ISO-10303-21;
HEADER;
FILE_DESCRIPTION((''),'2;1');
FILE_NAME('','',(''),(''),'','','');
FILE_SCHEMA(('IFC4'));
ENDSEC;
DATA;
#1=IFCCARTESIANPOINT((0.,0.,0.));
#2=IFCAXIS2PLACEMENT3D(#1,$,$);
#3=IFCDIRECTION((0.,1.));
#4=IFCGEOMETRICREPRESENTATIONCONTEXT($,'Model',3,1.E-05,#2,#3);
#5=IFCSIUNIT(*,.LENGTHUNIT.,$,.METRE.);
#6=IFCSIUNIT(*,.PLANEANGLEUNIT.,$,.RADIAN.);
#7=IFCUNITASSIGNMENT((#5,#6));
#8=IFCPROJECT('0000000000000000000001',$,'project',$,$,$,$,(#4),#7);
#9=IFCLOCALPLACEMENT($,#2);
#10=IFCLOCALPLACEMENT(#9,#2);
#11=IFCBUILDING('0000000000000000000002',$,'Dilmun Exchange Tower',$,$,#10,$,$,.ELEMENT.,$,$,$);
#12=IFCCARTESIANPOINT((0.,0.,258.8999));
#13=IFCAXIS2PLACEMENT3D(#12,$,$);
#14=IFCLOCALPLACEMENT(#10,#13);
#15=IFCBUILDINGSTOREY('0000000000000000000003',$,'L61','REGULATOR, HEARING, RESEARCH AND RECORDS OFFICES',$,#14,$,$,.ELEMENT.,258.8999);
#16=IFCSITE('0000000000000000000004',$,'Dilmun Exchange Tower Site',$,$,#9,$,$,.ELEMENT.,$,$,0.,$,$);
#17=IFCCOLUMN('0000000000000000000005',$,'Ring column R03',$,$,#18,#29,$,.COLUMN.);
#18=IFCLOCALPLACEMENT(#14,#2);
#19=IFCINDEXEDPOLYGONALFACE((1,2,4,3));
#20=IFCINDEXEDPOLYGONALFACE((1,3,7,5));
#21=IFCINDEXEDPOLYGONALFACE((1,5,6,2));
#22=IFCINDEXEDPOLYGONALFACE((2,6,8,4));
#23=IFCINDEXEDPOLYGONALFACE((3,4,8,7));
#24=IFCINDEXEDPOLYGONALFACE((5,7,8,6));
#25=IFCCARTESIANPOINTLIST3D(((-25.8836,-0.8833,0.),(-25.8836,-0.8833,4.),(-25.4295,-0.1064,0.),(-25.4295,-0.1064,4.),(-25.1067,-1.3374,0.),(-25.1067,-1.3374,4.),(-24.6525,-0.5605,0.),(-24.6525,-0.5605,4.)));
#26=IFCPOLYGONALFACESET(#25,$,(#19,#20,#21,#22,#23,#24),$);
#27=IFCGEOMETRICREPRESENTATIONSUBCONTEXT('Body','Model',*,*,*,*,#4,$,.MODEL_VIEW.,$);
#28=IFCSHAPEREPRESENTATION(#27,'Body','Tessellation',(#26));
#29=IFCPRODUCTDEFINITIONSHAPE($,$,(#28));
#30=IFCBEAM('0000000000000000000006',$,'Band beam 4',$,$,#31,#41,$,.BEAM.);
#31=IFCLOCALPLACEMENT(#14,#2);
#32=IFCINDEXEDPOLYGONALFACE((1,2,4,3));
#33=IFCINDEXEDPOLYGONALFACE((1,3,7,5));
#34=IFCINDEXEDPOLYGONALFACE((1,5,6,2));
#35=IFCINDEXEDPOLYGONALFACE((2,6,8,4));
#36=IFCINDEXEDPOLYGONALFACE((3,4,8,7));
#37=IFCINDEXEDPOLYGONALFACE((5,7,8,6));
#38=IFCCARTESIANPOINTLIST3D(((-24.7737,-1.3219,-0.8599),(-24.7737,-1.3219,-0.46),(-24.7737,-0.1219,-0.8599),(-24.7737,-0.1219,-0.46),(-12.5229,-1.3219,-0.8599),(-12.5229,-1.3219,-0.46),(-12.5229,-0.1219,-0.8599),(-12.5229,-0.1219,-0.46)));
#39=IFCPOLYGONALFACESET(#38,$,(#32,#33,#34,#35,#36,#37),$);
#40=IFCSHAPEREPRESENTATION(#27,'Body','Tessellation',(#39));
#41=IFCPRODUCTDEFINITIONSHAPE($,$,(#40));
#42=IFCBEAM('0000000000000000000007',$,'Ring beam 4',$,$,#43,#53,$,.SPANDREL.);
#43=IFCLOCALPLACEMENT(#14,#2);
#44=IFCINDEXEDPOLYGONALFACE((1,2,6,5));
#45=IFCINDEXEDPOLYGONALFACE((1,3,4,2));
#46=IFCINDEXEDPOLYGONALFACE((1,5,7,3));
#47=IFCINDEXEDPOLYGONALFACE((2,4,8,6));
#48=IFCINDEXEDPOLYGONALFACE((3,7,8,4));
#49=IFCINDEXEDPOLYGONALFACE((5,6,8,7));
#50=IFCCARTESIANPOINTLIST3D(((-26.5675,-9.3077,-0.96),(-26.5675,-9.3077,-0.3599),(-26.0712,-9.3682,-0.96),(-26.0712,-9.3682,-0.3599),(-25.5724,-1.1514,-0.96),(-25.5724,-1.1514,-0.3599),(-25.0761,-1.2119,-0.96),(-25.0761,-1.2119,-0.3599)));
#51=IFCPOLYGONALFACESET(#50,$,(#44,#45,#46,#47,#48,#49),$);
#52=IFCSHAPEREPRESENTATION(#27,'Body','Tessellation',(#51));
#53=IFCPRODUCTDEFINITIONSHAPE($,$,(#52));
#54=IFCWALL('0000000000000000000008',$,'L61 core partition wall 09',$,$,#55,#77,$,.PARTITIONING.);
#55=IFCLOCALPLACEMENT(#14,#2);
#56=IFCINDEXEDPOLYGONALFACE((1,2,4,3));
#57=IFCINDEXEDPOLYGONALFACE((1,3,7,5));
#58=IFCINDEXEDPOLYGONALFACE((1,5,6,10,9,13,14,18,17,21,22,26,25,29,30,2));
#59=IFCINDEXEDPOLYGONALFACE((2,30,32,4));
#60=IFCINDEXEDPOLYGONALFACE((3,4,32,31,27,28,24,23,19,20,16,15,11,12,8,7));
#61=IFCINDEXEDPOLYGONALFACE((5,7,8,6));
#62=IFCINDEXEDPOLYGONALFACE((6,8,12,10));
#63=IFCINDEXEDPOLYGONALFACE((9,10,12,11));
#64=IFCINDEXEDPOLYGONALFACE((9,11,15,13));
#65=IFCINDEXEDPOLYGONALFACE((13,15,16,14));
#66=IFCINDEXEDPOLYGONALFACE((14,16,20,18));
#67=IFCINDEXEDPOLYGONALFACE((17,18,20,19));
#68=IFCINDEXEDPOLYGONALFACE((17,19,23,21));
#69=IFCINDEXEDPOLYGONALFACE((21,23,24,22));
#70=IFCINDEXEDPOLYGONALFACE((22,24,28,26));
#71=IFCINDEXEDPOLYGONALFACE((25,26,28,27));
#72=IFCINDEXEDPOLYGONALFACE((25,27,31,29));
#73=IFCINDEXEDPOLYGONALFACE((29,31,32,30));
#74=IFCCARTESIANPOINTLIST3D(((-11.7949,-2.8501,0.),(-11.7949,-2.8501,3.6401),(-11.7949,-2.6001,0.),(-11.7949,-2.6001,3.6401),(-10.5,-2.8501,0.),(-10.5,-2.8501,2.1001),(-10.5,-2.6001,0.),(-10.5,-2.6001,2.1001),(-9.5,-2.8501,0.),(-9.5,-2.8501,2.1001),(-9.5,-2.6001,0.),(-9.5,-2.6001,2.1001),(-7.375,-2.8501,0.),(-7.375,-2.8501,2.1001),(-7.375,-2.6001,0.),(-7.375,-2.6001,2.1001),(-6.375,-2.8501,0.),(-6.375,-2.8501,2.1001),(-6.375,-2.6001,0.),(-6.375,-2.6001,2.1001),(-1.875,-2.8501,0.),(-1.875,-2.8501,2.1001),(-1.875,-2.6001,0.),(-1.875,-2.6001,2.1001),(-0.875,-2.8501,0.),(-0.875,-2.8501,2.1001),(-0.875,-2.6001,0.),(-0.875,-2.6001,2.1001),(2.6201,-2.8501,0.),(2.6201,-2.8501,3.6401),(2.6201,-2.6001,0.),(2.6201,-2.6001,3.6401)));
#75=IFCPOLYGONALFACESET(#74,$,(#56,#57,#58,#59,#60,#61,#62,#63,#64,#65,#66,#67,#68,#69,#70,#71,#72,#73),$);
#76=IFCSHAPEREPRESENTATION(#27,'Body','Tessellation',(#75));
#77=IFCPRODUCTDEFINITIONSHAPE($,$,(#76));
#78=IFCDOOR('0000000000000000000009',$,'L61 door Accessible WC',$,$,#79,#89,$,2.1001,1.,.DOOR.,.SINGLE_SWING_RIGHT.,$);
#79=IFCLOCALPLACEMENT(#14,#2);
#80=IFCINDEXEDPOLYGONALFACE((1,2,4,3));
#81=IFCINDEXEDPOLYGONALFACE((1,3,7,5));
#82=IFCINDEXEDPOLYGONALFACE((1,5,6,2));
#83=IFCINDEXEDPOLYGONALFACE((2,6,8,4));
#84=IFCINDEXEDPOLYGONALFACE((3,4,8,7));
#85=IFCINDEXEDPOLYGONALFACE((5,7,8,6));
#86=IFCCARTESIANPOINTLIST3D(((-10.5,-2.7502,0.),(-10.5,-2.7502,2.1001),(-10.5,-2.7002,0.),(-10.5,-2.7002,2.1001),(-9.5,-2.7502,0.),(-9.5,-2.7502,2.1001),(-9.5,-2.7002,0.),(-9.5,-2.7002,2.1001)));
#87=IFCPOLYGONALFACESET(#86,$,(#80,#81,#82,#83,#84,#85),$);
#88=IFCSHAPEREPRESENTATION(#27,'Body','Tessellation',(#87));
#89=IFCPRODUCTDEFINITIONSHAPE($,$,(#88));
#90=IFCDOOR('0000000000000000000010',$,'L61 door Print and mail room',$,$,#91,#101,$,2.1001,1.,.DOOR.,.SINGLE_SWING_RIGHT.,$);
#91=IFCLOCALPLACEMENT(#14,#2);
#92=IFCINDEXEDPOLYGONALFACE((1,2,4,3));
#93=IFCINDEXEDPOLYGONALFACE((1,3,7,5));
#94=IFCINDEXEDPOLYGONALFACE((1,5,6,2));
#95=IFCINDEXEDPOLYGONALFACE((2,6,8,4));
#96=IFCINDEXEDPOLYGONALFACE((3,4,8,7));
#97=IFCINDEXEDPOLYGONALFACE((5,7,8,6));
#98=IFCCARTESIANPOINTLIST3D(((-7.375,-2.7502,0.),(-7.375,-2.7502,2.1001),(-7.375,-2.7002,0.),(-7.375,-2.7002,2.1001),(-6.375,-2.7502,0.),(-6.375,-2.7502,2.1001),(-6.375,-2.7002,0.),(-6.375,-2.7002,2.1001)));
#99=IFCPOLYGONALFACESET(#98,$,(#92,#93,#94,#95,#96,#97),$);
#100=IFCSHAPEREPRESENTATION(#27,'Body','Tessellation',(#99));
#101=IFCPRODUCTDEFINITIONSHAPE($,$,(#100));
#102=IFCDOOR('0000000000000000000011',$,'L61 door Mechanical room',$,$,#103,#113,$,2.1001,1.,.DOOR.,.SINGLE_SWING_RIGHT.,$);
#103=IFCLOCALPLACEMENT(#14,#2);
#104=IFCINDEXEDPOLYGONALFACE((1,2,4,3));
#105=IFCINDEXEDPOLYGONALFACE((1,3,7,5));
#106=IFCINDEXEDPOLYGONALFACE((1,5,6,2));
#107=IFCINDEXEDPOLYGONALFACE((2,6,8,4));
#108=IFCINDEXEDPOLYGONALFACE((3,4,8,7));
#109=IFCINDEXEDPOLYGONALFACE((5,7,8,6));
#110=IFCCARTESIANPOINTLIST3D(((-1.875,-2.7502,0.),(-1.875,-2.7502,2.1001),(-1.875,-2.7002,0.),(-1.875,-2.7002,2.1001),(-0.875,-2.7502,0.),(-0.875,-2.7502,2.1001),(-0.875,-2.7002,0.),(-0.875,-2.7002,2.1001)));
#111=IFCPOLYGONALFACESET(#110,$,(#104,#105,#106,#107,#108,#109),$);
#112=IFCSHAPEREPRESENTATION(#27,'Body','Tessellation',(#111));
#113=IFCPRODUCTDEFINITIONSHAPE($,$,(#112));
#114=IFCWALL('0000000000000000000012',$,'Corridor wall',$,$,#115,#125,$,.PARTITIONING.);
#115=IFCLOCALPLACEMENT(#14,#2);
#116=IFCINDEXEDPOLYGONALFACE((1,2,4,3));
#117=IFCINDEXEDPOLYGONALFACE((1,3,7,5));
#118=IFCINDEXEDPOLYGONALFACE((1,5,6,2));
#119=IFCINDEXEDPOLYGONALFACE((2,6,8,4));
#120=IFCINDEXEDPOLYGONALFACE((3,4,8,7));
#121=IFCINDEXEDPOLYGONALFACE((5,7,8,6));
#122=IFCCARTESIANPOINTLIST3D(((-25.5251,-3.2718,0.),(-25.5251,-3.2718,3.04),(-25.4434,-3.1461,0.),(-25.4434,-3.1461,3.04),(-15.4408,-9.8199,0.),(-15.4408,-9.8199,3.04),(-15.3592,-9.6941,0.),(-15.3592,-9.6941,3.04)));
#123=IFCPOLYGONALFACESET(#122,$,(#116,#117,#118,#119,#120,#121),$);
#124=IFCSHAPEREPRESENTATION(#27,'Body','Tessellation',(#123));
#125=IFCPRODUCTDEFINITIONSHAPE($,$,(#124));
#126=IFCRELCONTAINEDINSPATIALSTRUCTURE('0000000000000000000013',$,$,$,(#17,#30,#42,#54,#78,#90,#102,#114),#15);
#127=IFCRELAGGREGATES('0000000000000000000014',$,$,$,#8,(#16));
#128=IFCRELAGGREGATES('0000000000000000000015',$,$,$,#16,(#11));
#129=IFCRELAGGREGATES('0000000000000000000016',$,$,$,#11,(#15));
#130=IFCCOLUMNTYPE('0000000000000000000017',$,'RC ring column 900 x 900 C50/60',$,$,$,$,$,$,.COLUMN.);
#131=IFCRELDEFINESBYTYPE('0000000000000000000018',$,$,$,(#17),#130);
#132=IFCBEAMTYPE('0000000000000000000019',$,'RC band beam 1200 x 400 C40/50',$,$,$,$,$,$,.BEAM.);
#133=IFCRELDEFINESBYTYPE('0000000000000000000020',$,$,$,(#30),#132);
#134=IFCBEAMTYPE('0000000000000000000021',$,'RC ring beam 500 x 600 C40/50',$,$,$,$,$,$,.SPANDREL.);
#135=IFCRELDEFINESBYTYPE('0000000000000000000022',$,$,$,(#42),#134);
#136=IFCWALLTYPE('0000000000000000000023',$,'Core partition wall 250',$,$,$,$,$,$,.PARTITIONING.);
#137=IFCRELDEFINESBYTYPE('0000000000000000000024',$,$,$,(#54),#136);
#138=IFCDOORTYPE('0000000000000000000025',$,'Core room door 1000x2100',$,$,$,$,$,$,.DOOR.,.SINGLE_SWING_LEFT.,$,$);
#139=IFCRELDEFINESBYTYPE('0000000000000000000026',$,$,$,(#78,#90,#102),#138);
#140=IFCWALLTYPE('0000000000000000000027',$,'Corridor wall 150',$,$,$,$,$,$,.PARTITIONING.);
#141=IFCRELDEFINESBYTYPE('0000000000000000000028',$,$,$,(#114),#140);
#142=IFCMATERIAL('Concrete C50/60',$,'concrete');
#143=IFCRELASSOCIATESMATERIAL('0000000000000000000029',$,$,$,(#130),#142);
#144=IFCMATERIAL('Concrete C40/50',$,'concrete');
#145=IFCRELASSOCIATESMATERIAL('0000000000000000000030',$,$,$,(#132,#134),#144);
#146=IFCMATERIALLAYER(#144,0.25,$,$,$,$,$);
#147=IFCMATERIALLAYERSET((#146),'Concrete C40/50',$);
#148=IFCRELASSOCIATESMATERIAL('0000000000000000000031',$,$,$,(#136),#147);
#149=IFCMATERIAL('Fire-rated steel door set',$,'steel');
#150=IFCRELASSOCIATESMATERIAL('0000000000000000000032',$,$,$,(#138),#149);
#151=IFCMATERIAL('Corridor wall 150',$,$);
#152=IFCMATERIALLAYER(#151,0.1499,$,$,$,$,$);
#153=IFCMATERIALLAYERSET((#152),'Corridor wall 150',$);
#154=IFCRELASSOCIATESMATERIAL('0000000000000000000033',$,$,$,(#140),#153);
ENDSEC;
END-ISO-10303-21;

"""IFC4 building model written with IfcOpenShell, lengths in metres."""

from ifc_helpers import new_model, si_unit, direction, frame, frame_2d, origin, origin_2d, place, context, subcontext, project, spatial, rectangle, extrude, material, layer, layer_set, material_profile, profile_set, type_object, element, fill, save


model = new_model("IFC4")

# Units and contexts
model_context = context("Model", 3, precision=1e-05, world=origin(), true_north=direction((0.0, 1.0)))
body_context = subcontext(model_context, "Body", "Model", "MODEL_VIEW")
ifc_project = project(units=[si_unit("LENGTHUNIT", "METRE"), si_unit("PLANEANGLEUNIT", "RADIAN")], contexts=[model_context])

# Site, building, storey
site_placement = place(None, origin())
site = spatial("IfcSite", under=ifc_project, at=site_placement, Name="Dilmun Exchange Tower Site", CompositionType="ELEMENT", RefElevation=0.0)
building_placement = place(site_placement, origin())
building = spatial("IfcBuilding", under=site, at=building_placement, Name="Dilmun Exchange Tower", CompositionType="ELEMENT")
storey_placement = place(building_placement, frame((0.0, 0.0, 258.8999)))
storey = spatial("IfcBuildingStorey", under=building, at=storey_placement, Name="L61", Description="REGULATOR, HEARING, RESEARCH AND RECORDS OFFICES", CompositionType="ELEMENT", Elevation=258.8999)

# Column
ifc_material_1 = material(Name="Concrete C50/60", Category="concrete")
ifc_material_profile_1 = material_profile(ifc_material_1, rectangle(XDim=0.8999, YDim=0.8999, at=origin_2d()), Name="900 x 900")
ifc_profile_set_1 = profile_set([ifc_material_profile_1], Name="Concrete C50/60")
column_type = type_object("IfcColumnType", Name="RC ring column 900 x 900 C50/60", PredefinedType="COLUMN", material=ifc_profile_set_1)
column_placement = place(storey_placement, frame((-25.2681, -0.7219, 0.0), z_axis=(0.0, 0.0, 1.0), x_axis=(0.504644, 0.863328, 0.0)))
element("IfcColumn", 1, at=column_placement, inside=storey, type_object=column_type, Name="Ring column R03", PredefinedType="COLUMN", context=body_context, shape_type="SweptSolid", body=[
    extrude(rectangle(XDim=0.8999, YDim=0.8999, at=origin_2d()), origin(), (0.0, 0.0, 1.0), 4.0),
])

# Beams
ifc_material_2 = material(Name="Concrete C40/50", Category="concrete")
ifc_material_profile_2 = material_profile(ifc_material_2, rectangle(XDim=1.2, YDim=0.3999, at=origin_2d()), Name="1200 x 400")
ifc_profile_set_2 = profile_set([ifc_material_profile_2], Name="Concrete C40/50")
beam_type_1 = type_object("IfcBeamType", Name="RC band beam 1200 x 400 C40/50", PredefinedType="BEAM", material=ifc_profile_set_2)
beam_1_placement = place(storey_placement, frame((-24.7737, -0.7219, -0.6599), z_axis=(1.0, 0.0, 0.0), x_axis=(0.0, 1.0, 0.0)))
element("IfcBeam", 2, at=beam_1_placement, inside=storey, type_object=beam_type_1, Name="Band beam 4", PredefinedType="BEAM", context=body_context, shape_type="SweptSolid", body=[
    extrude(rectangle(XDim=1.2, YDim=0.3999, at=origin_2d()), origin(), (0.0, 0.0, 1.0), 12.2507),
])
ifc_material_profile_3 = material_profile(ifc_material_2, rectangle(XDim=0.5, YDim=0.6001, at=origin_2d()), Name="500 x 600")
ifc_profile_set_3 = profile_set([ifc_material_profile_3], Name="Concrete C40/50")
beam_type_2 = type_object("IfcBeamType", Name="RC ring beam 500 x 600 C40/50", PredefinedType="SPANDREL", material=ifc_profile_set_3)
beam_2_placement = place(storey_placement, frame((-25.3242, -1.1816, -0.6599), z_axis=(-0.121109, -0.992639, 0.0), x_axis=(0.992639, -0.121109, 0.0)))
element("IfcBeam", 3, at=beam_2_placement, inside=storey, type_object=beam_type_2, Name="Ring beam 4", PredefinedType="SPANDREL", context=body_context, shape_type="SweptSolid", body=[
    extrude(rectangle(XDim=0.5, YDim=0.6001, at=origin_2d()), origin(), (0.0, 0.0, 1.0), 8.2168),
])

# Wall, openings, doors
ifc_layer_1 = layer(ifc_material_2, 0.25)
ifc_layer_set_1 = layer_set([ifc_layer_1], Name="Concrete C40/50")
wall_type_1 = type_object("IfcWallType", Name="Core partition wall 250", PredefinedType="PARTITIONING", material=ifc_layer_set_1)
wall_1_placement = place(storey_placement, frame((-11.7949, -2.7251, 0.0), z_axis=(0.0, 0.0, 1.0), x_axis=(1.0, 0.0, 0.0)))
wall_1 = element("IfcWall", 4, at=wall_1_placement, inside=storey, type_object=wall_type_1, Name="L61 core partition wall 09", PredefinedType="PARTITIONING", context=body_context, shape_type="SweptSolid", body=[
    extrude(rectangle(XDim=14.415, YDim=0.25, at=frame_2d((7.2075, 0.0))), origin(), (0.0, 0.0, 1.0), 3.6401),
])
opening_1_placement = place(wall_1_placement, frame((1.2949, 0.0, 0.0)))
opening_1 = element("IfcOpeningElement", 5, at=opening_1_placement, cuts=wall_1, PredefinedType="OPENING", context=body_context, shape_type="SweptSolid", body=[
    extrude(rectangle(XDim=1.0, YDim=2.1001, at=frame_2d((0.5, 1.05))), frame((0.0, 0.135, 0.0), z_axis=(0.0, -1.0, 0.0), x_axis=(1.0, 0.0, 0.0)), (0.0, 0.0, 1.0), 0.27),
])
opening_2_placement = place(wall_1_placement, frame((4.4199, 0.0, 0.0)))
opening_2 = element("IfcOpeningElement", 6, at=opening_2_placement, cuts=wall_1, PredefinedType="OPENING", context=body_context, shape_type="SweptSolid", body=[
    extrude(rectangle(XDim=1.0, YDim=2.1001, at=frame_2d((0.5, 1.05))), frame((0.0, 0.135, 0.0), z_axis=(0.0, -1.0, 0.0), x_axis=(1.0, 0.0, 0.0)), (0.0, 0.0, 1.0), 0.27),
])
opening_3_placement = place(wall_1_placement, frame((9.9199, 0.0, 0.0)))
opening_3 = element("IfcOpeningElement", 7, at=opening_3_placement, cuts=wall_1, PredefinedType="OPENING", context=body_context, shape_type="SweptSolid", body=[
    extrude(rectangle(XDim=1.0, YDim=2.1001, at=frame_2d((0.5, 1.05))), frame((0.0, 0.135, 0.0), z_axis=(0.0, -1.0, 0.0), x_axis=(1.0, 0.0, 0.0)), (0.0, 0.0, 1.0), 0.27),
])
ifc_material_3 = material(Name="Fire-rated steel door set", Category="steel")
door_type_1 = type_object("IfcDoorType", Name="Core room door 1000x2100", OperationType="SINGLE_SWING_LEFT", PredefinedType="DOOR", material=ifc_material_3)
door_1_placement = place(opening_1_placement, origin())
door_1 = element("IfcDoor", 8, at=door_1_placement, inside=storey, type_object=door_type_1, Name="L61 door Accessible WC", OperationType="SINGLE_SWING_RIGHT", OverallHeight=2.1001, OverallWidth=1.0, PredefinedType="DOOR", context=body_context, shape_type="SweptSolid", body=[
    extrude(rectangle(XDim=1.0, YDim=2.1001, at=frame_2d((0.5, 1.05))), frame((0.0, 0.0249, 0.0), z_axis=(0.0, -1.0, 0.0), x_axis=(1.0, 0.0, 0.0)), (0.0, 0.0, 1.0), 0.05),
])
fill(opening_1, door_1)
door_2_placement = place(opening_2_placement, origin())
door_2 = element("IfcDoor", 9, at=door_2_placement, inside=storey, type_object=door_type_1, Name="L61 door Print and mail room", OperationType="SINGLE_SWING_RIGHT", OverallHeight=2.1001, OverallWidth=1.0, PredefinedType="DOOR", context=body_context, shape_type="SweptSolid", body=[
    extrude(rectangle(XDim=1.0, YDim=2.1001, at=frame_2d((0.5, 1.05))), frame((0.0, 0.0249, 0.0), z_axis=(0.0, -1.0, 0.0), x_axis=(1.0, 0.0, 0.0)), (0.0, 0.0, 1.0), 0.05),
])
fill(opening_2, door_2)
door_3_placement = place(opening_3_placement, origin())
door_3 = element("IfcDoor", 10, at=door_3_placement, inside=storey, type_object=door_type_1, Name="L61 door Mechanical room", OperationType="SINGLE_SWING_RIGHT", OverallHeight=2.1001, OverallWidth=1.0, PredefinedType="DOOR", context=body_context, shape_type="SweptSolid", body=[
    extrude(rectangle(XDim=1.0, YDim=2.1001, at=frame_2d((0.5, 1.05))), frame((0.0, 0.0249, 0.0), z_axis=(0.0, -1.0, 0.0), x_axis=(1.0, 0.0, 0.0)), (0.0, 0.0, 1.0), 0.05),
])
fill(opening_3, door_3)

# Wall
ifc_material_4 = material(Name="Corridor wall 150")
ifc_layer_2 = layer(ifc_material_4, 0.1499)
ifc_layer_set_2 = layer_set([ifc_layer_2], Name="Corridor wall 150")
wall_type_2 = type_object("IfcWallType", Name="Corridor wall 150", PredefinedType="PARTITIONING", material=ifc_layer_set_2)
wall_2_placement = place(storey_placement, frame((-25.4841, -3.209, 0.0), z_axis=(0.0, 0.0, 1.0), x_axis=(0.838696, -0.544599, 0.0)))
element("IfcWall", 11, at=wall_2_placement, inside=storey, type_object=wall_type_2, Name="Corridor wall", PredefinedType="PARTITIONING", context=body_context, shape_type="SweptSolid", body=[
    extrude(rectangle(XDim=12.0237, YDim=0.1499, at=frame_2d((6.0117, 0.0))), origin(), (0.0, 0.0, 1.0), 3.04),
])

save(model, "model.ifc")
